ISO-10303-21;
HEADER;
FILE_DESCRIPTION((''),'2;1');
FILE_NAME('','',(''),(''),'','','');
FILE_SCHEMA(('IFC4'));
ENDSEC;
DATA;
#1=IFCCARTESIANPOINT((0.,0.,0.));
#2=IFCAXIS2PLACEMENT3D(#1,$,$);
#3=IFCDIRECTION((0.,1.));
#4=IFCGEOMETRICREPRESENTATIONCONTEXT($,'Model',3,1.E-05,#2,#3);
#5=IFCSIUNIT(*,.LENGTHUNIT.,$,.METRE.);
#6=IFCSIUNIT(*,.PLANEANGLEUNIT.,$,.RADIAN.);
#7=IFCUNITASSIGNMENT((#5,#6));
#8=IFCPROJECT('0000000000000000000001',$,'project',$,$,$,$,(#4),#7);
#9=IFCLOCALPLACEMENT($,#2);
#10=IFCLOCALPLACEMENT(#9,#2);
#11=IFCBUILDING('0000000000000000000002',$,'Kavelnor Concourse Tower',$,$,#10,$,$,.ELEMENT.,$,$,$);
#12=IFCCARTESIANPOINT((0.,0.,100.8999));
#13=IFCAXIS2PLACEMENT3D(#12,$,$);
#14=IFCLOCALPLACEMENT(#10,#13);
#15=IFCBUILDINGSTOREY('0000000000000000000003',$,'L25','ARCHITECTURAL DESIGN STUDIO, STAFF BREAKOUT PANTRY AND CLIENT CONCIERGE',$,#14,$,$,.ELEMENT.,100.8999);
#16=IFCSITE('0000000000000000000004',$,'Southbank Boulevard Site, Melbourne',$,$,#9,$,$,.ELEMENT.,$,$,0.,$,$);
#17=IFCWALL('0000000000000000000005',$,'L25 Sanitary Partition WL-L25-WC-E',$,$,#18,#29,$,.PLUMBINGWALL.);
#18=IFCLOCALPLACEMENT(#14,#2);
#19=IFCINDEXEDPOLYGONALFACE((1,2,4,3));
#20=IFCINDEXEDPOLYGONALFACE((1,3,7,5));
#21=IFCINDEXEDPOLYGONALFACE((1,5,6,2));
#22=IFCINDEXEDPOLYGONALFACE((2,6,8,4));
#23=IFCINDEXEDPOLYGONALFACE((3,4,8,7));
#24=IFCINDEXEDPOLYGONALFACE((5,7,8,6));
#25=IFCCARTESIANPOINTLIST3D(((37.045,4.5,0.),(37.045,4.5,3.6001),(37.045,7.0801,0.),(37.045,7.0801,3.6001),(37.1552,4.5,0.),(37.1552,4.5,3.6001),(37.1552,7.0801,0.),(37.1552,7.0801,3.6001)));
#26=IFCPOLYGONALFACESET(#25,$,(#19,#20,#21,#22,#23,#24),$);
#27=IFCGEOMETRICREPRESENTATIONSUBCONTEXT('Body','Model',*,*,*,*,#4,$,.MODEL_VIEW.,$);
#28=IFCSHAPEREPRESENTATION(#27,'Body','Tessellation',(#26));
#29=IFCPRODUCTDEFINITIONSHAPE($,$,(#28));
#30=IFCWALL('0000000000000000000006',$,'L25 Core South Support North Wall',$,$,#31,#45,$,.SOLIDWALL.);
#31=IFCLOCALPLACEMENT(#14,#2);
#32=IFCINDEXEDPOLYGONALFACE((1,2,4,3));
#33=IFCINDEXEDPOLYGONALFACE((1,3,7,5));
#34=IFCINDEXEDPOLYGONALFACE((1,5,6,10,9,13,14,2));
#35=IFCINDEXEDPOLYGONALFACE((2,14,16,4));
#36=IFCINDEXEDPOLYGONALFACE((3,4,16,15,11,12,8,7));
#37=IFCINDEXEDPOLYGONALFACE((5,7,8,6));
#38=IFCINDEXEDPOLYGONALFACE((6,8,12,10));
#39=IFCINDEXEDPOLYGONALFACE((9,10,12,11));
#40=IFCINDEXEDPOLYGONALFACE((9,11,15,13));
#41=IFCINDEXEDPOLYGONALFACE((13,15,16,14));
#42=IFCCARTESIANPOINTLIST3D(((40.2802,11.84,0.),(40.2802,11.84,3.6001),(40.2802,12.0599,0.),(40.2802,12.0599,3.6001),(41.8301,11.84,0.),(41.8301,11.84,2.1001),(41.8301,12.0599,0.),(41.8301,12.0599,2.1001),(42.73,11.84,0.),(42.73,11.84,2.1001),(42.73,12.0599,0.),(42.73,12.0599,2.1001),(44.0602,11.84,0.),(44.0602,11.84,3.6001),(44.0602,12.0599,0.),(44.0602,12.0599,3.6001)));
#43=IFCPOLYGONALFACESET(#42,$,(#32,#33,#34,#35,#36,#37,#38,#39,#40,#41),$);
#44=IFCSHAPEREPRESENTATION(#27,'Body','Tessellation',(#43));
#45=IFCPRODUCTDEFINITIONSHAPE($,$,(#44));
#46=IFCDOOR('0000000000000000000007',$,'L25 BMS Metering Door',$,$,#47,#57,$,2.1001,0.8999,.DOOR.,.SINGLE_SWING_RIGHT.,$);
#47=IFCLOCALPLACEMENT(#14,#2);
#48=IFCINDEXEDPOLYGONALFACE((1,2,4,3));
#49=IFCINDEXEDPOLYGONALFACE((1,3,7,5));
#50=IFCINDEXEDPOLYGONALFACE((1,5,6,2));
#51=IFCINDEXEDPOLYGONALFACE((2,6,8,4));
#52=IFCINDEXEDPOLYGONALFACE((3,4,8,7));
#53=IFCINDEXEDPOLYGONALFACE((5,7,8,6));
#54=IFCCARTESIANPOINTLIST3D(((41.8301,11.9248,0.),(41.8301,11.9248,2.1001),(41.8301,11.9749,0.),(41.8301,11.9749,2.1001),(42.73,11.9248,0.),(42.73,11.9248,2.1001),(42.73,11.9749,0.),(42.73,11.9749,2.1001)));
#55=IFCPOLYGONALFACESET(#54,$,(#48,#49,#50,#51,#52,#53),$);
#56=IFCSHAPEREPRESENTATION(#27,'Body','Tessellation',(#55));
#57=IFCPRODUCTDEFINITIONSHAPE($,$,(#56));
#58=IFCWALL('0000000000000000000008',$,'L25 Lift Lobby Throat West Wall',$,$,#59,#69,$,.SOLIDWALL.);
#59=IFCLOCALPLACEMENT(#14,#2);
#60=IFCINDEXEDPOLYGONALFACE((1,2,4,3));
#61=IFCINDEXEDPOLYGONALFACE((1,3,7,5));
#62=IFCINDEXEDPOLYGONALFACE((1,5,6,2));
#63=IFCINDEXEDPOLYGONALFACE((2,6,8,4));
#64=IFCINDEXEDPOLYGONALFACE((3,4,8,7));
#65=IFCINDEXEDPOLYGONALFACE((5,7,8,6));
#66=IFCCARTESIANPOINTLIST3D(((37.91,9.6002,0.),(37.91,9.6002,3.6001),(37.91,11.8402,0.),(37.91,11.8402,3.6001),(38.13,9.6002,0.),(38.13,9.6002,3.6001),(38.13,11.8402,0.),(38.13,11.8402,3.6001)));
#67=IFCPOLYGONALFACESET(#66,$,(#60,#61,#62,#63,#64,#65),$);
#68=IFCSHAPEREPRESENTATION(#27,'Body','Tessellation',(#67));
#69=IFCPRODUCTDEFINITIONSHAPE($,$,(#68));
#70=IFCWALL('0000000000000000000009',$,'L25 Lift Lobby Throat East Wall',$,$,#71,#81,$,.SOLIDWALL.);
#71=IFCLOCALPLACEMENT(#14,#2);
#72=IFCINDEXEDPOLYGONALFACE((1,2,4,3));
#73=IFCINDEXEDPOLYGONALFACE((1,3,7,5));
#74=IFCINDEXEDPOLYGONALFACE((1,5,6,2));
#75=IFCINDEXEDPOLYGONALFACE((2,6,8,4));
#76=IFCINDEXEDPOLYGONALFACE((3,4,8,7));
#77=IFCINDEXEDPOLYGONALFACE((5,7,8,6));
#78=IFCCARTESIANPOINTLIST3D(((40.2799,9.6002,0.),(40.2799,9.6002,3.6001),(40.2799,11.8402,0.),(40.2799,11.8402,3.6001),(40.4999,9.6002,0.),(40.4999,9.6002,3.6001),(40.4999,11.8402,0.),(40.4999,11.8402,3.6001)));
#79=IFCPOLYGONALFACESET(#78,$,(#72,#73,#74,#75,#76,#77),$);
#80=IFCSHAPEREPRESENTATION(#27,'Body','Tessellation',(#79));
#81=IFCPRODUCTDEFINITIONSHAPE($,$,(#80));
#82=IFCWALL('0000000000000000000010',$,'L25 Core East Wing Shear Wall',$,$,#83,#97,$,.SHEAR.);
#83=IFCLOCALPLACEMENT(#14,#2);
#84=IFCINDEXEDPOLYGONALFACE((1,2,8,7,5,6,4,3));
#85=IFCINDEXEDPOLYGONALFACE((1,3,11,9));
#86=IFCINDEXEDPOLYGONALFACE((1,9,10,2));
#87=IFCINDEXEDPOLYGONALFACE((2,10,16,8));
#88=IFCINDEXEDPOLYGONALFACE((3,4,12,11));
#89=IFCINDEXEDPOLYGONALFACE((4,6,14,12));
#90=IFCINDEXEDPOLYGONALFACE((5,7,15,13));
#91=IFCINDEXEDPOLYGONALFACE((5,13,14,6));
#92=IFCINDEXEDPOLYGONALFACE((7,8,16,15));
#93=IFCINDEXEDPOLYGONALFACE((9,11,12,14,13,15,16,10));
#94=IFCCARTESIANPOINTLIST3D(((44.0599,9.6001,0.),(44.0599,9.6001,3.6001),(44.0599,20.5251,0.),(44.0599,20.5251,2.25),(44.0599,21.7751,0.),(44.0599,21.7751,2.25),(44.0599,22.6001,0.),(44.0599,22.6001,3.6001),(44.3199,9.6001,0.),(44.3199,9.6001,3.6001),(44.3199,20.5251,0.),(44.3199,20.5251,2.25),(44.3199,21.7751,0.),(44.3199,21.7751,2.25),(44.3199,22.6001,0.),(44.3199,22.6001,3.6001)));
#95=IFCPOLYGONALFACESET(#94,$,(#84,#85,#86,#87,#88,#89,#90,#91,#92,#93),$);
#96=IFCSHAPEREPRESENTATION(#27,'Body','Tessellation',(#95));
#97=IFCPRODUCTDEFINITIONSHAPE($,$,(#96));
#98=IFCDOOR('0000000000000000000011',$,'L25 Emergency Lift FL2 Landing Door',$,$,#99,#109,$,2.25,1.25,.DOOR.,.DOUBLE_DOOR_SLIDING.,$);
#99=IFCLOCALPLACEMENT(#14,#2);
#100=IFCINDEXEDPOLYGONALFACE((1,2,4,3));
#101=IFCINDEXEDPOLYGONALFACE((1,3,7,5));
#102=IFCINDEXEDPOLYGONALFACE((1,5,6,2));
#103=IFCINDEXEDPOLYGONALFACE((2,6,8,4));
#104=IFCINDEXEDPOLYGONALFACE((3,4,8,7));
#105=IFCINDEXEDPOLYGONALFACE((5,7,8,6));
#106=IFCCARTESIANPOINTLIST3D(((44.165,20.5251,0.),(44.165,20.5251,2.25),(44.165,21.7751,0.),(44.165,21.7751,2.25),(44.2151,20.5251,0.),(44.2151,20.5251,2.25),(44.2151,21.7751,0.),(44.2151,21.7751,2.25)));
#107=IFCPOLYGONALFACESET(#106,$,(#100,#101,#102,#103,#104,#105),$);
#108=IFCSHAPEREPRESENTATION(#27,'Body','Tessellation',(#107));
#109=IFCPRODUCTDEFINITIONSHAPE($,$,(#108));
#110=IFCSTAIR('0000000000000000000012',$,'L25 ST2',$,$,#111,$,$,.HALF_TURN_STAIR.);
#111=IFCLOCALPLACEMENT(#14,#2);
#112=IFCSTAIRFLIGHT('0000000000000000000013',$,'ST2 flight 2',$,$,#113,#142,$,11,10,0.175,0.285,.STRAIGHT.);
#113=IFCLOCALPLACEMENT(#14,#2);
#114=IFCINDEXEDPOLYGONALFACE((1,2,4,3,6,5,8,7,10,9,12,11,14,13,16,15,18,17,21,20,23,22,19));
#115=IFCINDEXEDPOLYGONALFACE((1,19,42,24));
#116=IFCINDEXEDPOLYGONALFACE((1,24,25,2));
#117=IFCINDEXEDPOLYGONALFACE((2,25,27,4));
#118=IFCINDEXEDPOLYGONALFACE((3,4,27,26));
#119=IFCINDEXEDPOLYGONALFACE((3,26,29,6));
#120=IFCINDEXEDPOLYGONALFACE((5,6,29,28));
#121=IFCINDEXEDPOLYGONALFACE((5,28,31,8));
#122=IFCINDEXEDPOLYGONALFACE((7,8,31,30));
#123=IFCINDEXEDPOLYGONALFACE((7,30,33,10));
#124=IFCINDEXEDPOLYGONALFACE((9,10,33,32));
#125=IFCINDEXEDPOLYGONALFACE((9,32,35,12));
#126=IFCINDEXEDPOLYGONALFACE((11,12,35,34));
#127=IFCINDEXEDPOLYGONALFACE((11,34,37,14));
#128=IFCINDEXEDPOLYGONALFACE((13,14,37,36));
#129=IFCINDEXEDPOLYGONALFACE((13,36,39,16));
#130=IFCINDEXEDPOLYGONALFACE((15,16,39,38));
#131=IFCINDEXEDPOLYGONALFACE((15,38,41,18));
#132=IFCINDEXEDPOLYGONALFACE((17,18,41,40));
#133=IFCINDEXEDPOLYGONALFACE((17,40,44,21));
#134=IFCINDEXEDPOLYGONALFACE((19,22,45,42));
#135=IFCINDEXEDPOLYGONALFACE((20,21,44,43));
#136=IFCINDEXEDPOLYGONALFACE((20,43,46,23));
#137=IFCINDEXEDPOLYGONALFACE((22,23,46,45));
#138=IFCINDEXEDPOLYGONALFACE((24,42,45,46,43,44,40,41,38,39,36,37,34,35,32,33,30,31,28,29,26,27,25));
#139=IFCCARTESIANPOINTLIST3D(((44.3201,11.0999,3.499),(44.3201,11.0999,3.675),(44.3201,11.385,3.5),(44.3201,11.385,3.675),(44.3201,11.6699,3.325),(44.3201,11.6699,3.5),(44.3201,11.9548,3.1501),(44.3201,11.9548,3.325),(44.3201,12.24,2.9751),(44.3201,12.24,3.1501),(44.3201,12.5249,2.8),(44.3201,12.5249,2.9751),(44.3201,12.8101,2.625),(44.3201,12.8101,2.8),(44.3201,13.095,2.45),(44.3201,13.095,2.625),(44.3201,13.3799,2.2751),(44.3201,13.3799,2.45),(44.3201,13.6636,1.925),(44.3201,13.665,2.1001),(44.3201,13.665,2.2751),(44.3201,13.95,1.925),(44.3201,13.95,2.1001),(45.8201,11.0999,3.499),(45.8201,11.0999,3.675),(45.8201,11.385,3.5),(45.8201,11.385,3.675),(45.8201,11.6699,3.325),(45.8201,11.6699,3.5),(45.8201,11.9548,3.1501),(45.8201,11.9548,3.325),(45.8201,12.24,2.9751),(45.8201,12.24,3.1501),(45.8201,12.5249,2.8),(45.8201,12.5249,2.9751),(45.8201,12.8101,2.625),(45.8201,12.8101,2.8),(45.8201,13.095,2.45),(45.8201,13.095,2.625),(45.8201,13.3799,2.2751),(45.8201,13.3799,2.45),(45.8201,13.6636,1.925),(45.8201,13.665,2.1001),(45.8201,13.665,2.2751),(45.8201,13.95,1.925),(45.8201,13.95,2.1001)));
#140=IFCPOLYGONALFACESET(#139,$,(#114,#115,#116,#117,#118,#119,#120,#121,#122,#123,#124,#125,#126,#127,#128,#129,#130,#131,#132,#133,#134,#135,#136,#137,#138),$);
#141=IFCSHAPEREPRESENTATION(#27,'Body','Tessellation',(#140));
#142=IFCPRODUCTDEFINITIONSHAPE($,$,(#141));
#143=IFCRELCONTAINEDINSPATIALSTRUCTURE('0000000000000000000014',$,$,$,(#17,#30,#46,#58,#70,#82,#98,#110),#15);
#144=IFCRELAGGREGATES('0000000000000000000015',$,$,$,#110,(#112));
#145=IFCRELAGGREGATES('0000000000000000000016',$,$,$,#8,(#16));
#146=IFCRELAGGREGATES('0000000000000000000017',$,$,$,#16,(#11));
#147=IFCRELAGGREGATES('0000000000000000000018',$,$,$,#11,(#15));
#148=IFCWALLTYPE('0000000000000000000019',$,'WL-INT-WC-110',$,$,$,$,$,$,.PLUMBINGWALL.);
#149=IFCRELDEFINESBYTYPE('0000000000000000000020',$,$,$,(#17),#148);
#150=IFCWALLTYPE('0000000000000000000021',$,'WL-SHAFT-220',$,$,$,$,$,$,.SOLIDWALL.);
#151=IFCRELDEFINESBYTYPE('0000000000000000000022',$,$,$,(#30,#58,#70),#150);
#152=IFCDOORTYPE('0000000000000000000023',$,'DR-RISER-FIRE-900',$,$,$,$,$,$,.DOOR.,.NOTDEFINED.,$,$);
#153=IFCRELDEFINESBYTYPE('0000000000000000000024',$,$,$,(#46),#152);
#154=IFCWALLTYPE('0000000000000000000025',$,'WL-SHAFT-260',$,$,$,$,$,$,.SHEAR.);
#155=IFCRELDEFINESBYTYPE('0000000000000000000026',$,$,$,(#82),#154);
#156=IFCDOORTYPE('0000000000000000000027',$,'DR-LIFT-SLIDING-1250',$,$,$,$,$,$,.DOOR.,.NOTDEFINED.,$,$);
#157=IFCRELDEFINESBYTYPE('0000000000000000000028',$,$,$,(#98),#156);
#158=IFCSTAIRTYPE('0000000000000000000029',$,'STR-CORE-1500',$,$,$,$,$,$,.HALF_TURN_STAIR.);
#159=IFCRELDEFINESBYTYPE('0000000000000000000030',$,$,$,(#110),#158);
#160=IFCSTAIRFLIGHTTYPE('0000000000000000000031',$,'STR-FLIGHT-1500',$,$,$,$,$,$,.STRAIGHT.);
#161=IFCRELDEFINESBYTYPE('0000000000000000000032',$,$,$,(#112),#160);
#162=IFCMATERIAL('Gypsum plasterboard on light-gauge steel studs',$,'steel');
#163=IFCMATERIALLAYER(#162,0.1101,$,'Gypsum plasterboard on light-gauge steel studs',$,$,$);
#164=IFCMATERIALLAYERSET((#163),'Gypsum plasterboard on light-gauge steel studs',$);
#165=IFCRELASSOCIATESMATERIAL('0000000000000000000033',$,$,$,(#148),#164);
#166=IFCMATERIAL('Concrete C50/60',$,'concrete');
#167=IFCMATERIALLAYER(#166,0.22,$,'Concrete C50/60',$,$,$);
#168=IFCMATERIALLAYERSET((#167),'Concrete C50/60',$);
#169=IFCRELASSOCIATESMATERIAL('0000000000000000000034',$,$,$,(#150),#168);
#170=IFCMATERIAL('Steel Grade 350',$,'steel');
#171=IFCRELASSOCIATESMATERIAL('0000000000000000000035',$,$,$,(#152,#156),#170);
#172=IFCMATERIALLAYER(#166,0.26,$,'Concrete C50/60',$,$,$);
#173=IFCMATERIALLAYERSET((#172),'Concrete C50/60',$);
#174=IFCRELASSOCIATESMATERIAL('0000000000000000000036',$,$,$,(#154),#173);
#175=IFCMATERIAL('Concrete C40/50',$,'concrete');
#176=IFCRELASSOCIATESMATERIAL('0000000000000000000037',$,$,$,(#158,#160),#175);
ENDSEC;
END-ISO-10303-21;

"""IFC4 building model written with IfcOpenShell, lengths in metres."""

from ifc_helpers import new_model, si_unit, direction, frame, frame_2d, origin, place, context, subcontext, project, spatial, polyline, rectangle, outline, extrude, material, layer, layer_set, type_object, element, fill, aggregate, save


model = new_model("IFC4")

# Units and contexts
model_context = context("Model", 3, precision=1e-05, world=origin(), true_north=direction((0.0, 1.0)))
body_context = subcontext(model_context, "Body", "Model", "MODEL_VIEW")
ifc_project = project(units=[si_unit("LENGTHUNIT", "METRE"), si_unit("PLANEANGLEUNIT", "RADIAN")], contexts=[model_context])

# Site, building, storey
site_placement = place(None, origin())
site = spatial("IfcSite", under=ifc_project, at=site_placement, Name="Southbank Boulevard Site, Melbourne", CompositionType="ELEMENT", RefElevation=0.0)
building_placement = place(site_placement, origin())
building = spatial("IfcBuilding", under=site, at=building_placement, Name="Kavelnor Concourse Tower", CompositionType="ELEMENT")
storey_placement = place(building_placement, frame((0.0, 0.0, 100.8999)))
storey = spatial("IfcBuildingStorey", under=building, at=storey_placement, Name="L25", Description="ARCHITECTURAL DESIGN STUDIO, STAFF BREAKOUT PANTRY AND CLIENT CONCIERGE", CompositionType="ELEMENT", Elevation=100.8999)

# Shared definitions
ifc_material_1 = material(Name="Steel Grade 350", Category="steel")

# Wall
ifc_material_2 = material(Name="Gypsum plasterboard on light-gauge steel studs", Category="steel")
ifc_layer_1 = layer(ifc_material_2, 0.1101, Name="Gypsum plasterboard on light-gauge steel studs")
ifc_layer_set_1 = layer_set([ifc_layer_1], Name="Gypsum plasterboard on light-gauge steel studs")
wall_type_1 = type_object("IfcWallType", Name="WL-INT-WC-110", PredefinedType="PLUMBINGWALL", material=ifc_layer_set_1)
for number, where, z_axis, x_axis, name in (
    (1, (37.1001, 4.5, 0.0), (0.0, 0.0, 1.0), (0.0, 1.0, 0.0), "L25 Sanitary Partition WL-L25-WC-E"),
):
    element("IfcWall", number, at=place(storey_placement, frame(where, z_axis=z_axis, x_axis=x_axis)), inside=storey, type_object=wall_type_1, Name=name, PredefinedType="PLUMBINGWALL", context=body_context, shape_type="SweptSolid", body=[
        extrude(rectangle(XDim=2.5801, YDim=0.1101, at=frame_2d((1.29, 0.0))), origin(), (0.0, 0.0, 1.0), 3.6001),
    ])

# Wall, opening, door
ifc_material_3 = material(Name="Concrete C50/60", Category="concrete")
ifc_layer_2 = layer(ifc_material_3, 0.22, Name="Concrete C50/60")
ifc_layer_set_2 = layer_set([ifc_layer_2], Name="Concrete C50/60")
wall_type_2 = type_object("IfcWallType", Name="WL-SHAFT-220", PredefinedType="SOLIDWALL", material=ifc_layer_set_2)
wall_1_placement = place(storey_placement, frame((40.28, 11.95, 0.0), z_axis=(0.0, 0.0, 1.0), x_axis=(1.0, 0.0, 0.0)))
wall_1 = element("IfcWall", 2, at=wall_1_placement, inside=storey, type_object=wall_type_2, Name="L25 Core South Support North Wall", PredefinedType="SOLIDWALL", context=body_context, shape_type="SweptSolid", body=[
    extrude(rectangle(XDim=3.78, YDim=0.22, at=frame_2d((1.8901, 0.0))), origin(), (0.0, 0.0, 1.0), 3.6001),
])
opening_1_placement = place(wall_1_placement, frame((1.55, 0.0, 0.0)))
opening_1 = element("IfcOpeningElement", 3, at=opening_1_placement, cuts=wall_1, PredefinedType="OPENING", context=body_context, shape_type="SweptSolid", body=[
    extrude(rectangle(XDim=0.8999, YDim=2.1001, at=frame_2d((0.45, 1.05))), frame((0.0, 0.1201, 0.0), z_axis=(0.0, -1.0, 0.0), x_axis=(1.0, 0.0, 0.0)), (0.0, 0.0, 1.0), 0.24),
])
door_type_1 = type_object("IfcDoorType", Name="DR-RISER-FIRE-900", OperationType="NOTDEFINED", PredefinedType="DOOR", material=ifc_material_1)
door_1_placement = place(opening_1_placement, origin())
door_1 = element("IfcDoor", 4, at=door_1_placement, inside=storey, type_object=door_type_1, Name="L25 BMS Metering Door", OperationType="SINGLE_SWING_RIGHT", OverallHeight=2.1001, OverallWidth=0.8999, PredefinedType="DOOR", context=body_context, shape_type="SweptSolid", body=[
    extrude(rectangle(XDim=0.8999, YDim=2.1001, at=frame_2d((0.45, 1.05))), frame((0.0, 0.0249, 0.0), z_axis=(0.0, -1.0, 0.0), x_axis=(1.0, 0.0, 0.0)), (0.0, 0.0, 1.0), 0.05),
])
fill(opening_1, door_1)

# Walls
for number, where, z_axis, x_axis, name in (
    (5, (38.02, 9.6001, 0.0), (0.0, 0.0, 1.0), (0.0, 1.0, 0.0), "L25 Lift Lobby Throat West Wall"),
    (6, (40.3899, 9.6001, 0.0), (0.0, 0.0, 1.0), (0.0, 1.0, 0.0), "L25 Lift Lobby Throat East Wall"),
):
    element("IfcWall", number, at=place(storey_placement, frame(where, z_axis=z_axis, x_axis=x_axis)), inside=storey, type_object=wall_type_2, Name=name, PredefinedType="SOLIDWALL", context=body_context, shape_type="SweptSolid", body=[
        extrude(rectangle(XDim=2.24, YDim=0.22, at=frame_2d((1.1201, 0.0))), origin(), (0.0, 0.0, 1.0), 3.6001),
    ])

# Wall, opening, door
ifc_layer_3 = layer(ifc_material_3, 0.26, Name="Concrete C50/60")
ifc_layer_set_3 = layer_set([ifc_layer_3], Name="Concrete C50/60")
wall_type_3 = type_object("IfcWallType", Name="WL-SHAFT-260", PredefinedType="SHEAR", material=ifc_layer_set_3)
wall_2_placement = place(storey_placement, frame((44.1899, 9.6001, 0.0), z_axis=(0.0, 0.0, 1.0), x_axis=(0.0, 1.0, 0.0)))
wall_2 = element("IfcWall", 7, at=wall_2_placement, inside=storey, type_object=wall_type_3, Name="L25 Core East Wing Shear Wall", PredefinedType="SHEAR", context=body_context, shape_type="SweptSolid", body=[
    extrude(rectangle(XDim=13.0, YDim=0.26, at=frame_2d((6.5, 0.0))), origin(), (0.0, 0.0, 1.0), 3.6001),
])
opening_2_placement = place(wall_2_placement, frame((10.925, 0.0, 0.0)))
opening_2 = element("IfcOpeningElement", 8, at=opening_2_placement, cuts=wall_2, PredefinedType="OPENING", context=body_context, shape_type="SweptSolid", body=[
    extrude(rectangle(XDim=1.25, YDim=2.25, at=frame_2d((0.625, 1.125))), frame((0.0, 0.1401, 0.0), z_axis=(0.0, -1.0, 0.0), x_axis=(1.0, 0.0, 0.0)), (0.0, 0.0, 1.0), 0.28),
])
door_type_2 = type_object("IfcDoorType", Name="DR-LIFT-SLIDING-1250", OperationType="NOTDEFINED", PredefinedType="DOOR", material=ifc_material_1)
door_2_placement = place(opening_2_placement, origin())
door_2 = element("IfcDoor", 9, at=door_2_placement, inside=storey, type_object=door_type_2, Name="L25 Emergency Lift FL2 Landing Door", OperationType="DOUBLE_DOOR_SLIDING", OverallHeight=2.25, OverallWidth=1.25, PredefinedType="DOOR", context=body_context, shape_type="SweptSolid", body=[
    extrude(rectangle(XDim=1.25, YDim=2.25, at=frame_2d((0.625, 1.125))), frame((0.0, 0.0249, 0.0), z_axis=(0.0, -1.0, 0.0), x_axis=(1.0, 0.0, 0.0)), (0.0, 0.0, 1.0), 0.05),
])
fill(opening_2, door_2)

# Stair, stair flight
ifc_material_4 = material(Name="Concrete C40/50", Category="concrete")
stair_type = type_object("IfcStairType", Name="STR-CORE-1500", PredefinedType="HALF_TURN_STAIR", material=ifc_material_4)
stair_placement = place(storey_placement, origin())
stair = element("IfcStair", 10, at=stair_placement, inside=storey, type_object=stair_type, Name="L25 ST2", PredefinedType="HALF_TURN_STAIR")
stair_flight_type = type_object("IfcStairFlightType", Name="STR-FLIGHT-1500", PredefinedType="STRAIGHT", material=ifc_material_4)
stair_flight_placement = place(storey_placement, frame((45.0701, 13.95, 1.925), z_axis=(0.0, 0.0, 1.0), x_axis=(0.0, -1.0, 0.0)))
stair_flight = element("IfcStairFlight", 11, at=stair_flight_placement, type_object=stair_flight_type, Name="ST2 flight 2", NumberOfRisers=11, NumberOfTreads=10, PredefinedType="STRAIGHT", RiserHeight=0.175, TreadLength=0.285, context=body_context, shape_type="SweptSolid", body=[
    extrude(outline(polyline([(0.0, 0.0), (0.0, 0.175), (0.2849, 0.175), (0.2849, 0.3501), (0.5701, 0.3501), (0.5701, 0.5249), (0.855, 0.5249), (0.855, 0.7), (1.1399, 0.7), (1.1399, 0.875), (1.425, 0.875), (1.425, 1.05), (1.71, 1.05), (1.71, 1.2251), (1.9951, 1.2251), (1.9951, 1.3999), (2.28, 1.3999), (2.28, 1.575), (2.5649, 1.575), (2.5649, 1.75), (2.8501, 1.75), (2.8501, 1.925), (2.8501, 1.574), (0.2864, 0.0), (0.0, 0.0)])), frame((0.0, 0.75, 0.0), z_axis=(0.0, -1.0, 0.0), x_axis=(1.0, 0.0, 0.0)), (0.0, 0.0, 1.0), 1.5),
])
aggregate(stair, [stair_flight])

save(model, "model.ifc")
